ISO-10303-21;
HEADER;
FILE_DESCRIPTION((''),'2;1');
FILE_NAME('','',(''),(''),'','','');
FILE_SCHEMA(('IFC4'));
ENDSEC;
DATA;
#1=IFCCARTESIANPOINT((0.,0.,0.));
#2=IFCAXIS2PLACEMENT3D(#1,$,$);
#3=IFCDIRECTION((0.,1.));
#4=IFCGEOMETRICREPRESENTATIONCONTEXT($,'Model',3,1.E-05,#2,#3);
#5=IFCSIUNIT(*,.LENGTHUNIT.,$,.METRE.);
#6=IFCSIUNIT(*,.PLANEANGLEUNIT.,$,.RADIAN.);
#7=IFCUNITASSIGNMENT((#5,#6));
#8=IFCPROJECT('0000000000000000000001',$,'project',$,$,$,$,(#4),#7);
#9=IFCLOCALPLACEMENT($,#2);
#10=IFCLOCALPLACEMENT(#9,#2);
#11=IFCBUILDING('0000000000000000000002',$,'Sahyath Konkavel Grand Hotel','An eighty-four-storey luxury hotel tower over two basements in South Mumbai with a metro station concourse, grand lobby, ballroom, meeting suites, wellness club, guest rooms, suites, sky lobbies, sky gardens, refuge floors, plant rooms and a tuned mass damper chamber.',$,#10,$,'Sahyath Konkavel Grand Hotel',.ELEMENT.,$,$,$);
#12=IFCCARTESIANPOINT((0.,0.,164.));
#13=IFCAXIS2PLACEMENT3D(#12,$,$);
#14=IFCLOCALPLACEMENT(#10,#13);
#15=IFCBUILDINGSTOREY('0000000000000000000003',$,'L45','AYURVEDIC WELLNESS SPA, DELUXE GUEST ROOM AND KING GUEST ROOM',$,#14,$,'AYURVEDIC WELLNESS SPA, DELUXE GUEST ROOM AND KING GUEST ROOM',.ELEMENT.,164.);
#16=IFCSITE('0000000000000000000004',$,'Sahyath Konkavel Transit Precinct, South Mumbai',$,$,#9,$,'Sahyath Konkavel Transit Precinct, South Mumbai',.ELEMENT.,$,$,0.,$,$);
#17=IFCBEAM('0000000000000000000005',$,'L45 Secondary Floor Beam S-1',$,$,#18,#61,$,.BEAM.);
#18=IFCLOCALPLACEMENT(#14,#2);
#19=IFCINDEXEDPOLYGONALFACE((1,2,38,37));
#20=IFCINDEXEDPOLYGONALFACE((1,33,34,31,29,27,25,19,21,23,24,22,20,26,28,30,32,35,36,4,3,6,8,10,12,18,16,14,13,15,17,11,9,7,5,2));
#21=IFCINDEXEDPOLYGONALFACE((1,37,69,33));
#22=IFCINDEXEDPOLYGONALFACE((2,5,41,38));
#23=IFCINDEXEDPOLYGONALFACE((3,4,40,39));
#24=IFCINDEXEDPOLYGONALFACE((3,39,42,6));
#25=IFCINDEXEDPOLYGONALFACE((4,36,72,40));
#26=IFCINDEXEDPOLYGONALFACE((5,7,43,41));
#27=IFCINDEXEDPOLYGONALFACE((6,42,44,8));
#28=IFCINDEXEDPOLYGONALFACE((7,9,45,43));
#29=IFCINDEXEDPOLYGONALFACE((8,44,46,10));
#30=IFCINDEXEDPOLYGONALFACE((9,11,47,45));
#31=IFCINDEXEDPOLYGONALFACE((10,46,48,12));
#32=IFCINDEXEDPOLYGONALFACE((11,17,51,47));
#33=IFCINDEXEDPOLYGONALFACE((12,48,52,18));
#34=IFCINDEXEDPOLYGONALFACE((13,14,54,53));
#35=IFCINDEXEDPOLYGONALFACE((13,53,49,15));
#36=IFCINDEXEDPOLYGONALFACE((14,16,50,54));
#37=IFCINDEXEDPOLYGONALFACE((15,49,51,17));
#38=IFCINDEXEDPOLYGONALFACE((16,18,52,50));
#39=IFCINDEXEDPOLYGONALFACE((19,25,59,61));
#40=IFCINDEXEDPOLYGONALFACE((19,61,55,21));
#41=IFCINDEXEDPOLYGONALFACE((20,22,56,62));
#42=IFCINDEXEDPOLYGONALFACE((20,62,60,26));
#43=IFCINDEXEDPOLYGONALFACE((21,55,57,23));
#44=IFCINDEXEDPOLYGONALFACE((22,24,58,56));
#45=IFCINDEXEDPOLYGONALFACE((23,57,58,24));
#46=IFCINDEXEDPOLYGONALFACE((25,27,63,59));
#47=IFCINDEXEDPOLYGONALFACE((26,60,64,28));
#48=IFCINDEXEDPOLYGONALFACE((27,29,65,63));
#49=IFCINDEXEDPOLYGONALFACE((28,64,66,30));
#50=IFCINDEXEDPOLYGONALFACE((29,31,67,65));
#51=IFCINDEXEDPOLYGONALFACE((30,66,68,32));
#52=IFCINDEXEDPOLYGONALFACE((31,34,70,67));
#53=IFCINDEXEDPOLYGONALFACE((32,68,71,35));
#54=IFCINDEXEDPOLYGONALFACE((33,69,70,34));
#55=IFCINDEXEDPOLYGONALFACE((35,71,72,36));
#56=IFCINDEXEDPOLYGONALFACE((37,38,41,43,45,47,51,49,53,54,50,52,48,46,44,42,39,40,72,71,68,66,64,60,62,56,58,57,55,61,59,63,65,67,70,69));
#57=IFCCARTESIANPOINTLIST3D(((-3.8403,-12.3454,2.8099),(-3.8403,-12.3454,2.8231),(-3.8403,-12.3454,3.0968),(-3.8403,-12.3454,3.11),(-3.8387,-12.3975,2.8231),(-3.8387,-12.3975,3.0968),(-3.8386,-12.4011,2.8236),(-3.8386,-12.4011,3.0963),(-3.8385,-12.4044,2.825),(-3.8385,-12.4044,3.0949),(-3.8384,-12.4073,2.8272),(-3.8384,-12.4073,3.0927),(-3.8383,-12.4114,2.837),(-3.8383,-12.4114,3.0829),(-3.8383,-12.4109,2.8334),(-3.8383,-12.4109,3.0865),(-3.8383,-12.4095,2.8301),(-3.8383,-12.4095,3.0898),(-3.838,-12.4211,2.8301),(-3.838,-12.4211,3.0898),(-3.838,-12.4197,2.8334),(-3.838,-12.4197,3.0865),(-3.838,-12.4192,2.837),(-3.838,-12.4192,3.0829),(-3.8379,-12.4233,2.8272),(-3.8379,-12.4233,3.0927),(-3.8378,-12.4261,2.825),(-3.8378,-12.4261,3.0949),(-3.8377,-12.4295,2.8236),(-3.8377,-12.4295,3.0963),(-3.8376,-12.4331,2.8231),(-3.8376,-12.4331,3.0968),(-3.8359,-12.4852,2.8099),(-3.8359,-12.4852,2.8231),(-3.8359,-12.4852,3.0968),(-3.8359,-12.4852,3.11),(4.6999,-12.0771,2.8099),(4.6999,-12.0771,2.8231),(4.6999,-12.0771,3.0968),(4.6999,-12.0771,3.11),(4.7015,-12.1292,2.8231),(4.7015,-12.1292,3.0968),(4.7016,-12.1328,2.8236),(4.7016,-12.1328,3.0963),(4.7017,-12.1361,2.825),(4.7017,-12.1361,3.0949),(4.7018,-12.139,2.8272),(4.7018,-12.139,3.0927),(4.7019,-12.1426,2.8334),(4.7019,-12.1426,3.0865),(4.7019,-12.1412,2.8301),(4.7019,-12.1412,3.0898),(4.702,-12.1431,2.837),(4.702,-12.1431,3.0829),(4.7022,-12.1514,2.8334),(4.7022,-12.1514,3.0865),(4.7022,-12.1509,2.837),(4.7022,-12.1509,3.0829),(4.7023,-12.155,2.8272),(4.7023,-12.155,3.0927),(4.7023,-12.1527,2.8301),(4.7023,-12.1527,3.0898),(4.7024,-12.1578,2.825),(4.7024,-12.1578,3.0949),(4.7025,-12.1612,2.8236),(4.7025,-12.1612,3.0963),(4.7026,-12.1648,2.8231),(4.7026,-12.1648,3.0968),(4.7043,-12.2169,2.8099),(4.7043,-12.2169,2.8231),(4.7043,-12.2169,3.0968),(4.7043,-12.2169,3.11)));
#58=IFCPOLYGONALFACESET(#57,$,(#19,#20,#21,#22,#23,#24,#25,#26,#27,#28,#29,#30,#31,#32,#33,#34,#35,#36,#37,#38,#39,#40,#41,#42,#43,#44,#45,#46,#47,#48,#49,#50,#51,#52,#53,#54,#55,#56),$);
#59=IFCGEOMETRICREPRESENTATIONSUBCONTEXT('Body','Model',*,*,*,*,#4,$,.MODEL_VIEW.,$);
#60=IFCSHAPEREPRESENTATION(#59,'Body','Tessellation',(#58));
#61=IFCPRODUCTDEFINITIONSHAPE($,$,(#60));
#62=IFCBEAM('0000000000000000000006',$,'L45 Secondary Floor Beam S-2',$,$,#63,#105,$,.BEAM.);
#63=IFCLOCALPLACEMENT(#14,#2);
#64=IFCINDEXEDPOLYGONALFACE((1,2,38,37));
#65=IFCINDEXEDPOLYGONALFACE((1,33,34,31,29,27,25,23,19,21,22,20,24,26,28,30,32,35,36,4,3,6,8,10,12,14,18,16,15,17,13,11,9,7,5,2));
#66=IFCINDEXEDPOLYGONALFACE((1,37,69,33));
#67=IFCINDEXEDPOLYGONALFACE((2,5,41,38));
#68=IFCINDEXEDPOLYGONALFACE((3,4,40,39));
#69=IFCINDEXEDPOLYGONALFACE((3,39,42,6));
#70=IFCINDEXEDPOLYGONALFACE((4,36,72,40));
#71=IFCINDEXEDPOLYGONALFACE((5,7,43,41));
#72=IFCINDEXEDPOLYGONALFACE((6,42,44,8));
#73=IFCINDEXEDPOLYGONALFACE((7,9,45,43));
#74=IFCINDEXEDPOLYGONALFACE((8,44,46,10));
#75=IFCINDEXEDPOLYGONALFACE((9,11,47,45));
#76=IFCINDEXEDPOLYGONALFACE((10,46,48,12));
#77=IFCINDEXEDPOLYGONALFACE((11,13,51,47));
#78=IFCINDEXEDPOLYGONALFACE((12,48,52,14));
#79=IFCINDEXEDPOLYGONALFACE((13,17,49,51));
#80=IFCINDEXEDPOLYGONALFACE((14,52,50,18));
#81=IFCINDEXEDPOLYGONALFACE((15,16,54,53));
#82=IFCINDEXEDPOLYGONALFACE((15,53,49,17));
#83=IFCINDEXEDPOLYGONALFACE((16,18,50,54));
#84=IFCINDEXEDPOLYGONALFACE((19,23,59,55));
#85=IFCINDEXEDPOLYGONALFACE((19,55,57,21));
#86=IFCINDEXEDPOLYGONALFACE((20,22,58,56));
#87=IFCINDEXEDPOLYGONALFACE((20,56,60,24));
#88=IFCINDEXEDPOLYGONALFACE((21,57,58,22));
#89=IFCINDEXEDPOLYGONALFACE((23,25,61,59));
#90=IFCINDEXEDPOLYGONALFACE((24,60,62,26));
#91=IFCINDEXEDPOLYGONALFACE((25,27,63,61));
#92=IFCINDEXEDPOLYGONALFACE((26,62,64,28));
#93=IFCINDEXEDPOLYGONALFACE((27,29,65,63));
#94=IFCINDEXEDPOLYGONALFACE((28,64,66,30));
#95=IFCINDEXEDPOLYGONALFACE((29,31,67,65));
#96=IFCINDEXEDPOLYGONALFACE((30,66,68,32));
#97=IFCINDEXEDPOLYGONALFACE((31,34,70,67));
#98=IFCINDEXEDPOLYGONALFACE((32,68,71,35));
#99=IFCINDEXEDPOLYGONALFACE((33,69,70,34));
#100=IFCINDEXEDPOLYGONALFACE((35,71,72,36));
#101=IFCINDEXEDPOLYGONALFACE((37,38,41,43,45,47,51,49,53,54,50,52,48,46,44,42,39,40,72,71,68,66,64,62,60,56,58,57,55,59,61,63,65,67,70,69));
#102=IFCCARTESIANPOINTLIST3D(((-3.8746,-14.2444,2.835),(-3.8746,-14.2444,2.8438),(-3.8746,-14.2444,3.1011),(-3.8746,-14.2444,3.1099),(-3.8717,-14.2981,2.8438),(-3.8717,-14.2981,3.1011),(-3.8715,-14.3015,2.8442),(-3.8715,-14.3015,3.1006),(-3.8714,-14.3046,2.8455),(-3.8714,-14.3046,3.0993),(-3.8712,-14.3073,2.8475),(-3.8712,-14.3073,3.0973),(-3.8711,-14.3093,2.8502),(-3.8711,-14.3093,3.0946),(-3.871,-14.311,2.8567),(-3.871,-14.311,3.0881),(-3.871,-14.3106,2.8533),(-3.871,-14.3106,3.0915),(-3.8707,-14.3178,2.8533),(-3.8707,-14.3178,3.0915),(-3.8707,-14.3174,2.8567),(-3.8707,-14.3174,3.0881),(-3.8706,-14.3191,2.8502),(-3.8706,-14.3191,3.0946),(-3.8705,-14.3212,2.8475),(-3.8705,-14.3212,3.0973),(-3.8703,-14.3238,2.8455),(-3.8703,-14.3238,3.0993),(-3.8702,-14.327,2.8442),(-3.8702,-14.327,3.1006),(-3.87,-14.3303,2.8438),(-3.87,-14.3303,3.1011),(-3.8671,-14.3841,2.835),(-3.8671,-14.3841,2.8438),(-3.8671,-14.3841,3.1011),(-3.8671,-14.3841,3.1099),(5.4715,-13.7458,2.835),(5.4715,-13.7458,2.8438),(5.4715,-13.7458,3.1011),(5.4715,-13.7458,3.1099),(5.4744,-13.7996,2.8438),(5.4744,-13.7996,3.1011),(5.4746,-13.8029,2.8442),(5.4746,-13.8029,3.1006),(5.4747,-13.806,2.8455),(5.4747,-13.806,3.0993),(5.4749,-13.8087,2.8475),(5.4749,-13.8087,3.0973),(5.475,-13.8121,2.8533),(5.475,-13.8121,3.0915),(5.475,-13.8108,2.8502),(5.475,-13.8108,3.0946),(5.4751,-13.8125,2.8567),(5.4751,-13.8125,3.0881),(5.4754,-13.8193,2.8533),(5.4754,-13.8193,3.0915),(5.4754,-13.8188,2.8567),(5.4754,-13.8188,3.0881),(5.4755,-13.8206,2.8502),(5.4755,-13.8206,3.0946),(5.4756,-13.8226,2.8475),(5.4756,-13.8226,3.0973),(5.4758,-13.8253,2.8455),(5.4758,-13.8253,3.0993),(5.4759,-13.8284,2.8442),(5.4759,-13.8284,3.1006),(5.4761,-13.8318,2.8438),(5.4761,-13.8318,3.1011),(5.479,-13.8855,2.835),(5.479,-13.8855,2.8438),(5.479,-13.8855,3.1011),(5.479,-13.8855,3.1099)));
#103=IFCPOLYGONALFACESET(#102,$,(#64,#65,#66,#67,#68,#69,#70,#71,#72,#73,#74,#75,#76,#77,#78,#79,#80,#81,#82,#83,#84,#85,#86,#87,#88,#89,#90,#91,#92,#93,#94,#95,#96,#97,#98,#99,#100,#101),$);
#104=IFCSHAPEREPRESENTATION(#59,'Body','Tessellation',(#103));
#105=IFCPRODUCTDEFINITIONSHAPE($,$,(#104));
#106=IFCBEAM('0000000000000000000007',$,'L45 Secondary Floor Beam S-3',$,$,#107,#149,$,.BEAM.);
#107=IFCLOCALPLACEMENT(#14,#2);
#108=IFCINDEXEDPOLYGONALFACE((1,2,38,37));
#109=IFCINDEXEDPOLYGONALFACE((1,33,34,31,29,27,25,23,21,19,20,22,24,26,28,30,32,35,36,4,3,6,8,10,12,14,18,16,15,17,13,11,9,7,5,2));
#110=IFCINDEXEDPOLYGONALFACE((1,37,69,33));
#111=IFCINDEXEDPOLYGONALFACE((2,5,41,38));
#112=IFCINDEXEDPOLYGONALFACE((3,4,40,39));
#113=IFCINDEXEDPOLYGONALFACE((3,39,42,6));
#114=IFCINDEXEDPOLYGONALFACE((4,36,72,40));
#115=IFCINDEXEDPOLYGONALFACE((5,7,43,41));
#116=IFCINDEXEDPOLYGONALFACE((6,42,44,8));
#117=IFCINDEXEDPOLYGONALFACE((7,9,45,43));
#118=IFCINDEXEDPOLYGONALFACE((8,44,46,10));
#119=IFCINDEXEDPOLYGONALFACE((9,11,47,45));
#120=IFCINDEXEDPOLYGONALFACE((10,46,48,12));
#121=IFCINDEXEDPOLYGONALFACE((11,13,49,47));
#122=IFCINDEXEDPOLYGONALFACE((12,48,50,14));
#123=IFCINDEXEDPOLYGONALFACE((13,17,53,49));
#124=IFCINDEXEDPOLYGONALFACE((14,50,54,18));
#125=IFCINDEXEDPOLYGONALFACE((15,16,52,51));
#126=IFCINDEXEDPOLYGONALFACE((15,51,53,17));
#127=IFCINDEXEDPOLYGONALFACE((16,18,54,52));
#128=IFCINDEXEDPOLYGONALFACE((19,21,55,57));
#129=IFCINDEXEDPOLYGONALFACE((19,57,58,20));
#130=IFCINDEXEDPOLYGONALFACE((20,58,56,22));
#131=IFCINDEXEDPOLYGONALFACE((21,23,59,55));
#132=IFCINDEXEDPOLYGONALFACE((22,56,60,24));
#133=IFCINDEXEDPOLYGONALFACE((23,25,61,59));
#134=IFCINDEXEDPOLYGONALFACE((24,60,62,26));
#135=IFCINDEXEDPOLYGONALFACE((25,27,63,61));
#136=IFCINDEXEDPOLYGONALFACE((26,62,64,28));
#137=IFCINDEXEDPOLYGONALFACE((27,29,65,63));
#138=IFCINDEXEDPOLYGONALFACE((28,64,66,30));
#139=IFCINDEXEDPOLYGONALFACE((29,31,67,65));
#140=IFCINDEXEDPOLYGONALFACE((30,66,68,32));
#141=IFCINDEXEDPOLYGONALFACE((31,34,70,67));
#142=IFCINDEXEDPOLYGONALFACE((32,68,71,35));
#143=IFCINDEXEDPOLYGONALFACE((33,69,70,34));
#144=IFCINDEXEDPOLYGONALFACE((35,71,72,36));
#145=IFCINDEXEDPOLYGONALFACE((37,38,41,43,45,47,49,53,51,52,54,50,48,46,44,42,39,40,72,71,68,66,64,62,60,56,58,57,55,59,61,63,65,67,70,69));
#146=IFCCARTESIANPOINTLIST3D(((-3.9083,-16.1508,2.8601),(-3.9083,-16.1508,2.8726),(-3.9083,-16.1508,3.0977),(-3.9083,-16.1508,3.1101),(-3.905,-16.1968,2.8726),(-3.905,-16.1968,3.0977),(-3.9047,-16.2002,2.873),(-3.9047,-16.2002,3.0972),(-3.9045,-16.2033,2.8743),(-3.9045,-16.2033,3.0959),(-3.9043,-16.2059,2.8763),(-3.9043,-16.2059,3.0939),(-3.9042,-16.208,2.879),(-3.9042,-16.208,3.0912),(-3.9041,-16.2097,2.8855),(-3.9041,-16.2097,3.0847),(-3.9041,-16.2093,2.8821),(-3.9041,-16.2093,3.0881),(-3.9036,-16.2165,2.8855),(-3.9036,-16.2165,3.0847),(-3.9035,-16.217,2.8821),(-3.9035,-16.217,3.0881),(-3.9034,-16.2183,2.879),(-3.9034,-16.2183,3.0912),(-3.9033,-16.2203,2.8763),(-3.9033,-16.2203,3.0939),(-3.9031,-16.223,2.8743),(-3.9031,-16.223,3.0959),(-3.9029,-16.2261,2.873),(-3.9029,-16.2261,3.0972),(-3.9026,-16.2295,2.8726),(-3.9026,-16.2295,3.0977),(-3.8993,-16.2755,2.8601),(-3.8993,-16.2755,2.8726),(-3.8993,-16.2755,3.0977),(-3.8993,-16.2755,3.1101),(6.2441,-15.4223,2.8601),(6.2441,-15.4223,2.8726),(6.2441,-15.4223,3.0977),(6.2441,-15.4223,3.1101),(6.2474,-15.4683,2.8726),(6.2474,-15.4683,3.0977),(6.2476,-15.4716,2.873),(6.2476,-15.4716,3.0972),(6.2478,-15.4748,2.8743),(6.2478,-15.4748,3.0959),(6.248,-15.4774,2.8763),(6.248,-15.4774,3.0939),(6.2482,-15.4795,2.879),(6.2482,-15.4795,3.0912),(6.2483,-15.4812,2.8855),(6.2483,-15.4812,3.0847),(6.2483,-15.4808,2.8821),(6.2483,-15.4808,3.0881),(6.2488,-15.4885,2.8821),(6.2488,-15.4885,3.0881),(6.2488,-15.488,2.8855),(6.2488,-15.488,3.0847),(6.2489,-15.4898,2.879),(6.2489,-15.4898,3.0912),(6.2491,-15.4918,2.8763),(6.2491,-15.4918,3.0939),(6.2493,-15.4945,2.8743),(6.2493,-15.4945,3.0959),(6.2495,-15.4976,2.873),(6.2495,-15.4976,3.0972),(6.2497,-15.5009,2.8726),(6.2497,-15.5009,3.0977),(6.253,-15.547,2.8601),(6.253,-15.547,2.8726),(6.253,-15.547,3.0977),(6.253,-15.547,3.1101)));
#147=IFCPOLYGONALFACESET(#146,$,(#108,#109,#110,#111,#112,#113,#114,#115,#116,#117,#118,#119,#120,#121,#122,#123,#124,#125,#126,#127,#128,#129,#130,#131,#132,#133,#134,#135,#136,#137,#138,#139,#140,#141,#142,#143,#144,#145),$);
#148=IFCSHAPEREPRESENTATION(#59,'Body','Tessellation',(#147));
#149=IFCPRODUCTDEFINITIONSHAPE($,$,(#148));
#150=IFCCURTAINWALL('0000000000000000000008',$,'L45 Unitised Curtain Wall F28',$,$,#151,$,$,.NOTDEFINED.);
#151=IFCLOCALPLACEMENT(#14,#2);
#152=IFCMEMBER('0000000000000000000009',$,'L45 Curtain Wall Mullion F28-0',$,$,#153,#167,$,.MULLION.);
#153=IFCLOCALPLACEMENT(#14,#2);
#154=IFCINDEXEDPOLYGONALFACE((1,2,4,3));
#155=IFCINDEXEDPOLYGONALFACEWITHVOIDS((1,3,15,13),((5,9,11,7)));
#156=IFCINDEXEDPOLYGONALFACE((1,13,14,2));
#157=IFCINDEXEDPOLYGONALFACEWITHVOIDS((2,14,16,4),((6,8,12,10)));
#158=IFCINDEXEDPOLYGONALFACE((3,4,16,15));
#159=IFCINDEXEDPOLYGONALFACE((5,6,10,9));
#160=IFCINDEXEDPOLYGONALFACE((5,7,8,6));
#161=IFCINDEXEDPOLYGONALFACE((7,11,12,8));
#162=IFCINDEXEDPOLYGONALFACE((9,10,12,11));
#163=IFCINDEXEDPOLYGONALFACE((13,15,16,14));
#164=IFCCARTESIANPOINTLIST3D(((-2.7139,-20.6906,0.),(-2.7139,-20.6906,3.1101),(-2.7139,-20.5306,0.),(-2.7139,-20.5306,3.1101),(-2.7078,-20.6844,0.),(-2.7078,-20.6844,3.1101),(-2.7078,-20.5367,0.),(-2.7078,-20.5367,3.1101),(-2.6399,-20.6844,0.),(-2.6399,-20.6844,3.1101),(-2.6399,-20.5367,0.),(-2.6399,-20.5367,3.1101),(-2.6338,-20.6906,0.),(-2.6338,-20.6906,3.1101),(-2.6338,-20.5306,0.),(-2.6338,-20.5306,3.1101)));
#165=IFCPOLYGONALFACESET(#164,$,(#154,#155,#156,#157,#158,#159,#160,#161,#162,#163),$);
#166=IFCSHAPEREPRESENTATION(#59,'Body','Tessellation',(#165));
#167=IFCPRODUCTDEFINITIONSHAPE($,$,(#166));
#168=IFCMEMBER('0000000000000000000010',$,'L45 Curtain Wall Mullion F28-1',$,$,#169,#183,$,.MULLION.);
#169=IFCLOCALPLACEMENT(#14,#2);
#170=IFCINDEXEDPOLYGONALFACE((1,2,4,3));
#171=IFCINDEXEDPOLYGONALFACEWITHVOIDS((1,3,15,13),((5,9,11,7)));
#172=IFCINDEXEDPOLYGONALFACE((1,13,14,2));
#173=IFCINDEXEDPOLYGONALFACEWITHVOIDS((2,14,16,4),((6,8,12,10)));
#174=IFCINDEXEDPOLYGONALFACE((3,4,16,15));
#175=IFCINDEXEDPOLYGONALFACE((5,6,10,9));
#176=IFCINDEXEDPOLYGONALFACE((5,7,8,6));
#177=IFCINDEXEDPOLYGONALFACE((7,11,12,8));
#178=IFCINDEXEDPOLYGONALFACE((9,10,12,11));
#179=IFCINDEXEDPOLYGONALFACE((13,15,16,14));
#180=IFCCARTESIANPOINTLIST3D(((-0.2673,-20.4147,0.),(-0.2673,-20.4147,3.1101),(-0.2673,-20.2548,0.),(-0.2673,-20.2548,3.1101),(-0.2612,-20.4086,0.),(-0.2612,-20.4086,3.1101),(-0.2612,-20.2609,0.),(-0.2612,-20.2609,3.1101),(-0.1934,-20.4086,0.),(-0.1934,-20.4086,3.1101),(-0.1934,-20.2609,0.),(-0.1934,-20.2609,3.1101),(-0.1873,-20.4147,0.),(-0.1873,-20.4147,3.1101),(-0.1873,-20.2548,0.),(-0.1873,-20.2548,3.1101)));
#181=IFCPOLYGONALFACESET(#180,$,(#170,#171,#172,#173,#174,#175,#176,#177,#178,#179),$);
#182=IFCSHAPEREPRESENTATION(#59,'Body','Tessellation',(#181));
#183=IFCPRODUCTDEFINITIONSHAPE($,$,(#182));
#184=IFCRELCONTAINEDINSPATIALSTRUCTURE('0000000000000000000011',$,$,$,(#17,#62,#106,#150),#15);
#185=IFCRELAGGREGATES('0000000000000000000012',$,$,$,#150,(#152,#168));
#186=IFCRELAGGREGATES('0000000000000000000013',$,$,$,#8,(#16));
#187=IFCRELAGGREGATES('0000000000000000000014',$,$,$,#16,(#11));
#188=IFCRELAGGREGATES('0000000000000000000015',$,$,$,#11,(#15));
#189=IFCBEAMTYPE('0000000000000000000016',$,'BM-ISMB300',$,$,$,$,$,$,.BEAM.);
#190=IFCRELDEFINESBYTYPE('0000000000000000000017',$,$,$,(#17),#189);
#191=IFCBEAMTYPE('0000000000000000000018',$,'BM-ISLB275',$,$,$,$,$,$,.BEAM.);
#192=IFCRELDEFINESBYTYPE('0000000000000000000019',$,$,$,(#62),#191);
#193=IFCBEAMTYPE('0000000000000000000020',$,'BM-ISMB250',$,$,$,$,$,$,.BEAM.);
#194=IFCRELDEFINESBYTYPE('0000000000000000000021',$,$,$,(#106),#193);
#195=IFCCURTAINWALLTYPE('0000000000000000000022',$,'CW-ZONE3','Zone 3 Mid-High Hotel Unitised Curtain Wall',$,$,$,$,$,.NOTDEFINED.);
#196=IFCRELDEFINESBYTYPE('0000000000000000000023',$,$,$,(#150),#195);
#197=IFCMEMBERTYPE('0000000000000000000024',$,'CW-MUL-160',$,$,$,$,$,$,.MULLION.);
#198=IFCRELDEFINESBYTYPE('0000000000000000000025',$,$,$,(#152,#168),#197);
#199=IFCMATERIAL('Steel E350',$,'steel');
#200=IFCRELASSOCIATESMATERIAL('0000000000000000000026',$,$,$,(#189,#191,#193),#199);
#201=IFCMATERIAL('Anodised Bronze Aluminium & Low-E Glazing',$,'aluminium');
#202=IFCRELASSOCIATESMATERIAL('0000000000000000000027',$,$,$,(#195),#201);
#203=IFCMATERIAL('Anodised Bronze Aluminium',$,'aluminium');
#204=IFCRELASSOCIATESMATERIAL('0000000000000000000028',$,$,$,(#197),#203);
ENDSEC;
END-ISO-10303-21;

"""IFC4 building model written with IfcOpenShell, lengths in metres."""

from ifc_helpers import new_model, si_unit, direction, frame, origin, origin_2d, place, context, subcontext, project, spatial, hollow_rectangle, i_section, extrude, source, transform, mapped, material, material_profile, profile_set, type_object, element, aggregate, save


model = new_model("IFC4")

# Units and contexts
model_context = context("Model", 3, precision=1e-05, world=origin(), true_north=direction((0.0, 1.0)))
body_context = subcontext(model_context, "Body", "Model", "MODEL_VIEW")
ifc_project = project(units=[si_unit("LENGTHUNIT", "METRE"), si_unit("PLANEANGLEUNIT", "RADIAN")], contexts=[model_context])

# Site, building, storey
site_placement = place(None, origin())
site = spatial("IfcSite", under=ifc_project, at=site_placement, Name="Sahyath Konkavel Transit Precinct, South Mumbai", LongName="Sahyath Konkavel Transit Precinct, South Mumbai", CompositionType="ELEMENT", RefElevation=0.0)
building_placement = place(site_placement, origin())
building = spatial("IfcBuilding", under=site, at=building_placement, Name="Sahyath Konkavel Grand Hotel", Description="An eighty-four-storey luxury hotel tower over two basements in South Mumbai with a metro station concourse, grand lobby, ballroom, meeting suites, wellness club, guest rooms, suites, sky lobbies, sky gardens, refuge floors, plant rooms and a tuned mass damper chamber.", LongName="Sahyath Konkavel Grand Hotel", CompositionType="ELEMENT")
storey_placement = place(building_placement, frame((0.0, 0.0, 164.0)))
storey = spatial("IfcBuildingStorey", under=building, at=storey_placement, Name="L45", Description="AYURVEDIC WELLNESS SPA, DELUXE GUEST ROOM AND KING GUEST ROOM", LongName="AYURVEDIC WELLNESS SPA, DELUXE GUEST ROOM AND KING GUEST ROOM", CompositionType="ELEMENT", Elevation=164.0)

# Beams
ifc_material_1 = material(Name="Steel E350", Category="steel")
ifc_material_profile_1 = material_profile(ifc_material_1, i_section(OverallWidth=0.1399, OverallDepth=0.3, WebThickness=0.0078, FlangeThickness=0.0132, FilletRadius=0.0139, at=origin_2d()), Name="ISMB 300")
ifc_profile_set_1 = profile_set([ifc_material_profile_1], Name="Steel E350")
beam_type_1 = type_object("IfcBeamType", Name="BM-ISMB300", PredefinedType="BEAM", material=ifc_profile_set_1)
shared_shape_1 = source(origin(), body_context, "Body", "SweptSolid", [
    extrude(i_section(OverallWidth=0.1399, OverallDepth=0.3, WebThickness=0.0078, FlangeThickness=0.0132, FilletRadius=0.0139, at=origin_2d()), origin(), (0.0, 0.0, 1.0), 8.5444),
])
beam_1_placement = place(storey_placement, frame((-3.8381, -12.4153, 2.96), z_axis=(0.999507, 0.031402, 0.0), x_axis=(-0.031402, 0.999507, 0.0)))
element("IfcBeam", 1, at=beam_1_placement, inside=storey, type_object=beam_type_1, Name="L45 Secondary Floor Beam S-1", PredefinedType="BEAM", context=body_context, shape_type="MappedRepresentation", body=[
    mapped(shared_shape_1, transform((0.0, 0.0, 0.0), scale=1.0)),
])
ifc_material_profile_2 = material_profile(ifc_material_1, i_section(OverallWidth=0.1399, OverallDepth=0.2749, WebThickness=0.0063, FlangeThickness=0.0088, FilletRadius=0.0129, at=origin_2d()), Name="ISLB 275")
ifc_profile_set_2 = profile_set([ifc_material_profile_2], Name="Steel E350")
beam_type_2 = type_object("IfcBeamType", Name="BM-ISLB275", PredefinedType="BEAM", material=ifc_profile_set_2)
shared_shape_2 = source(origin(), body_context, "Body", "SweptSolid", [
    extrude(i_section(OverallWidth=0.1399, OverallDepth=0.2749, WebThickness=0.0063, FlangeThickness=0.0088, FilletRadius=0.0129, at=origin_2d()), origin(), (0.0, 0.0, 1.0), 9.3594),
])
beam_2_placement = place(storey_placement, frame((-3.8708, -14.3142, 2.9724), z_axis=(0.99858, 0.053265, 0.0), x_axis=(-0.053265, 0.99858, 0.0)))
element("IfcBeam", 2, at=beam_2_placement, inside=storey, type_object=beam_type_2, Name="L45 Secondary Floor Beam S-2", PredefinedType="BEAM", context=body_context, shape_type="MappedRepresentation", body=[
    mapped(shared_shape_2, transform((0.0, 0.0, 0.0), scale=1.0)),
])
ifc_material_profile_3 = material_profile(ifc_material_1, i_section(OverallWidth=0.125, OverallDepth=0.25, WebThickness=0.0068, FlangeThickness=0.0125, FilletRadius=0.0129, at=origin_2d()), Name="ISMB 250")
ifc_profile_set_3 = profile_set([ifc_material_profile_3], Name="Steel E350")
beam_type_3 = type_object("IfcBeamType", Name="BM-ISMB250", PredefinedType="BEAM", material=ifc_profile_set_3)
shared_shape_3 = source(origin(), body_context, "Body", "SweptSolid", [
    extrude(i_section(OverallWidth=0.125, OverallDepth=0.25, WebThickness=0.0068, FlangeThickness=0.0125, FilletRadius=0.0129, at=origin_2d()), origin(), (0.0, 0.0, 1.0), 10.1785),
])
beam_3_placement = place(storey_placement, frame((-3.9038, -16.2131, 2.9851), z_axis=(0.997435, 0.071574, 0.0), x_axis=(-0.071574, 0.997435, 0.0)))
element("IfcBeam", 3, at=beam_3_placement, inside=storey, type_object=beam_type_3, Name="L45 Secondary Floor Beam S-3", PredefinedType="BEAM", context=body_context, shape_type="MappedRepresentation", body=[
    mapped(shared_shape_3, transform((0.0, 0.0, 0.0), scale=1.0)),
])

# Curtain wall, members
ifc_material_2 = material(Name="Anodised Bronze Aluminium & Low-E Glazing", Category="aluminium")
curtain_wall_type = type_object("IfcCurtainWallType", Name="CW-ZONE3", Description="Zone 3 Mid-High Hotel Unitised Curtain Wall", PredefinedType="NOTDEFINED", material=ifc_material_2)
curtain_wall_placement = place(storey_placement, origin())
curtain_wall = element("IfcCurtainWall", 4, at=curtain_wall_placement, inside=storey, type_object=curtain_wall_type, Name="L45 Unitised Curtain Wall F28", PredefinedType="NOTDEFINED")
ifc_material_3 = material(Name="Anodised Bronze Aluminium", Category="aluminium")
ifc_material_profile_4 = material_profile(ifc_material_3, hollow_rectangle(XDim=0.0801, YDim=0.1599, WallThickness=0.0061, at=origin_2d()), Name="RHS 160x80x6")
ifc_profile_set_4 = profile_set([ifc_material_profile_4], Name="Anodised Bronze Aluminium")
member_type_1 = type_object("IfcMemberType", Name="CW-MUL-160", PredefinedType="MULLION", material=ifc_profile_set_4)
shared_shape_4 = source(origin(), body_context, "Body", "SweptSolid", [
    extrude(hollow_rectangle(XDim=0.0801, YDim=0.1599, WallThickness=0.0061, at=origin_2d()), origin(), (0.0, 0.0, 1.0), 3.1101),
])
member_1_placement = place(storey_placement, frame((-2.6738, -20.6106, 0.0), z_axis=(0.0, 0.0, 1.0), x_axis=(1.0, 0.0, 0.0)))
member_1 = element("IfcMember", 5, at=member_1_placement, type_object=member_type_1, Name="L45 Curtain Wall Mullion F28-0", PredefinedType="MULLION", context=body_context, shape_type="MappedRepresentation", body=[
    mapped(shared_shape_4, transform((0.0, 0.0, 0.0), scale=1.0)),
])
member_2_placement = place(storey_placement, frame((-0.2273, -20.3347, 0.0), z_axis=(0.0, 0.0, 1.0), x_axis=(1.0, 0.0, 0.0)))
member_2 = element("IfcMember", 6, at=member_2_placement, type_object=member_type_1, Name="L45 Curtain Wall Mullion F28-1", PredefinedType="MULLION", context=body_context, shape_type="MappedRepresentation", body=[
    mapped(shared_shape_4, transform((0.0, 0.0, 0.0), scale=1.0)),
])
aggregate(curtain_wall, [member_1, member_2])

save(model, "model.ifc")
